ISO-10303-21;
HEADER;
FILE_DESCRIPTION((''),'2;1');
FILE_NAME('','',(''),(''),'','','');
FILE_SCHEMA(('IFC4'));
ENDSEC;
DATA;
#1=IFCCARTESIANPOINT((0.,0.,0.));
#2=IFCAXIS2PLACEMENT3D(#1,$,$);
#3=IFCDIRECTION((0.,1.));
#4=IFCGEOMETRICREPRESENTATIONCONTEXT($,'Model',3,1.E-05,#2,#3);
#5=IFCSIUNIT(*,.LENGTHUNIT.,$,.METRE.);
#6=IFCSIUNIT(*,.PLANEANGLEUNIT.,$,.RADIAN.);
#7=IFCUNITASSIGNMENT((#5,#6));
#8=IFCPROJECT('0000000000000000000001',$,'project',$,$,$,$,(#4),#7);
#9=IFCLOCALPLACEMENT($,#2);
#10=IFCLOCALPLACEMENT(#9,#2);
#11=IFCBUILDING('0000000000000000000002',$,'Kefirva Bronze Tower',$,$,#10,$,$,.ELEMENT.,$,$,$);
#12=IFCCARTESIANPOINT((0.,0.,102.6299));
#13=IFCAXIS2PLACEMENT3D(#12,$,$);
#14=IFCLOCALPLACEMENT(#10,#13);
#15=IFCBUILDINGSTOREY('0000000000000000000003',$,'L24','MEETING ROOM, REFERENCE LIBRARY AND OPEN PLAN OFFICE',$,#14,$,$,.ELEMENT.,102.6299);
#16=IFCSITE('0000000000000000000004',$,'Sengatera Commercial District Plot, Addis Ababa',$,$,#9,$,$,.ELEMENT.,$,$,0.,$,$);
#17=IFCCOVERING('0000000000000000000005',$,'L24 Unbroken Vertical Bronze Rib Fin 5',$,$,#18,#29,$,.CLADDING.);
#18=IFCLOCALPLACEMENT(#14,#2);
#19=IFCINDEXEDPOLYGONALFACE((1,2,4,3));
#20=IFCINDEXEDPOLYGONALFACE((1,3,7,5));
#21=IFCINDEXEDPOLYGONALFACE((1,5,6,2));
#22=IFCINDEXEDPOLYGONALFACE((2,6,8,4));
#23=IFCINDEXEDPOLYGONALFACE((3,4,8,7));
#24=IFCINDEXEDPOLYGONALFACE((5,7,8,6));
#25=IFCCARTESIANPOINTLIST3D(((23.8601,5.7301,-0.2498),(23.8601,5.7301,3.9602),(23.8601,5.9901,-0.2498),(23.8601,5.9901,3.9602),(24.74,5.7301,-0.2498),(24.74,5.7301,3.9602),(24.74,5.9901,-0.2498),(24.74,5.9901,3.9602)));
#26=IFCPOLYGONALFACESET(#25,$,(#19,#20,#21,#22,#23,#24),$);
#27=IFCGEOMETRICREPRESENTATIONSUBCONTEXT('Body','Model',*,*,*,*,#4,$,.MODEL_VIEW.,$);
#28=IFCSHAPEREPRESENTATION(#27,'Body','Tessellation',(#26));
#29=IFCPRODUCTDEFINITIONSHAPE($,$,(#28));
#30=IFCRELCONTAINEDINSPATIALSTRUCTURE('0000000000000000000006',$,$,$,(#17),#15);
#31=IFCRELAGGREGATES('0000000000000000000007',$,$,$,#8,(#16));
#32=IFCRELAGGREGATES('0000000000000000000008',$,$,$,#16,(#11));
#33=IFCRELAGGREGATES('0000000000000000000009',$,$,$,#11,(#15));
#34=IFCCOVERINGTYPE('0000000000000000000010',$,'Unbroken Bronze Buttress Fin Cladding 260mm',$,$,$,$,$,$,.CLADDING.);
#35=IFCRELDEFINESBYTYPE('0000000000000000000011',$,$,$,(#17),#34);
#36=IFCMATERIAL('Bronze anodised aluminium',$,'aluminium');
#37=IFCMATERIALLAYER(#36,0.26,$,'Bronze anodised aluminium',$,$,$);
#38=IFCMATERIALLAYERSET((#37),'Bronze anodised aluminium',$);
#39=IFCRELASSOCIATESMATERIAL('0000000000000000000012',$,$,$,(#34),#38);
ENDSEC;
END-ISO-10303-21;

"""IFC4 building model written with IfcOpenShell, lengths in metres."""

from ifc_helpers import new_model, si_unit, direction, frame, origin, origin_2d, place, context, subcontext, project, spatial, rectangle, extrude, material, layer, layer_set, type_object, element, save


model = new_model("IFC4")

# Units and contexts
model_context = context("Model", 3, precision=1e-05, world=origin(), true_north=direction((0.0, 1.0)))
body_context = subcontext(model_context, "Body", "Model", "MODEL_VIEW")
ifc_project = project(units=[si_unit("LENGTHUNIT", "METRE"), si_unit("PLANEANGLEUNIT", "RADIAN")], contexts=[model_context])

# Site, building, storey
site_placement = place(None, origin())
site = spatial("IfcSite", under=ifc_project, at=site_placement, Name="Sengatera Commercial District Plot, Addis Ababa", CompositionType="ELEMENT", RefElevation=0.0)
building_placement = place(site_placement, origin())
building = spatial("IfcBuilding", under=site, at=building_placement, Name="Kefirva Bronze Tower", CompositionType="ELEMENT")
storey_placement = place(building_placement, frame((0.0, 0.0, 102.6299)))
storey = spatial("IfcBuildingStorey", under=building, at=storey_placement, Name="L24", Description="MEETING ROOM, REFERENCE LIBRARY AND OPEN PLAN OFFICE", CompositionType="ELEMENT", Elevation=102.6299)

# Covering
ifc_material_1 = material(Name="Bronze anodised aluminium", Category="aluminium")
ifc_layer_1 = layer(ifc_material_1, 0.26, Name="Bronze anodised aluminium")
ifc_layer_set_1 = layer_set([ifc_layer_1], Name="Bronze anodised aluminium")
covering_type_1 = type_object("IfcCoveringType", Name="Unbroken Bronze Buttress Fin Cladding 260mm", PredefinedType="CLADDING", material=ifc_layer_set_1)
covering_1_placement = place(storey_placement, frame((24.3, 5.8601, -0.2498), z_axis=(0.0, 0.0, 1.0), x_axis=(0.0, 1.0, 0.0)))
element("IfcCovering", 1, at=covering_1_placement, inside=storey, type_object=covering_type_1, Name="L24 Unbroken Vertical Bronze Rib Fin 5", PredefinedType="CLADDING", context=body_context, shape_type="SweptSolid", body=[
    extrude(rectangle(XDim=0.26, YDim=0.8799, at=origin_2d()), origin(), (0.0, 0.0, 1.0), 4.21),
])

save(model, "model.ifc")
